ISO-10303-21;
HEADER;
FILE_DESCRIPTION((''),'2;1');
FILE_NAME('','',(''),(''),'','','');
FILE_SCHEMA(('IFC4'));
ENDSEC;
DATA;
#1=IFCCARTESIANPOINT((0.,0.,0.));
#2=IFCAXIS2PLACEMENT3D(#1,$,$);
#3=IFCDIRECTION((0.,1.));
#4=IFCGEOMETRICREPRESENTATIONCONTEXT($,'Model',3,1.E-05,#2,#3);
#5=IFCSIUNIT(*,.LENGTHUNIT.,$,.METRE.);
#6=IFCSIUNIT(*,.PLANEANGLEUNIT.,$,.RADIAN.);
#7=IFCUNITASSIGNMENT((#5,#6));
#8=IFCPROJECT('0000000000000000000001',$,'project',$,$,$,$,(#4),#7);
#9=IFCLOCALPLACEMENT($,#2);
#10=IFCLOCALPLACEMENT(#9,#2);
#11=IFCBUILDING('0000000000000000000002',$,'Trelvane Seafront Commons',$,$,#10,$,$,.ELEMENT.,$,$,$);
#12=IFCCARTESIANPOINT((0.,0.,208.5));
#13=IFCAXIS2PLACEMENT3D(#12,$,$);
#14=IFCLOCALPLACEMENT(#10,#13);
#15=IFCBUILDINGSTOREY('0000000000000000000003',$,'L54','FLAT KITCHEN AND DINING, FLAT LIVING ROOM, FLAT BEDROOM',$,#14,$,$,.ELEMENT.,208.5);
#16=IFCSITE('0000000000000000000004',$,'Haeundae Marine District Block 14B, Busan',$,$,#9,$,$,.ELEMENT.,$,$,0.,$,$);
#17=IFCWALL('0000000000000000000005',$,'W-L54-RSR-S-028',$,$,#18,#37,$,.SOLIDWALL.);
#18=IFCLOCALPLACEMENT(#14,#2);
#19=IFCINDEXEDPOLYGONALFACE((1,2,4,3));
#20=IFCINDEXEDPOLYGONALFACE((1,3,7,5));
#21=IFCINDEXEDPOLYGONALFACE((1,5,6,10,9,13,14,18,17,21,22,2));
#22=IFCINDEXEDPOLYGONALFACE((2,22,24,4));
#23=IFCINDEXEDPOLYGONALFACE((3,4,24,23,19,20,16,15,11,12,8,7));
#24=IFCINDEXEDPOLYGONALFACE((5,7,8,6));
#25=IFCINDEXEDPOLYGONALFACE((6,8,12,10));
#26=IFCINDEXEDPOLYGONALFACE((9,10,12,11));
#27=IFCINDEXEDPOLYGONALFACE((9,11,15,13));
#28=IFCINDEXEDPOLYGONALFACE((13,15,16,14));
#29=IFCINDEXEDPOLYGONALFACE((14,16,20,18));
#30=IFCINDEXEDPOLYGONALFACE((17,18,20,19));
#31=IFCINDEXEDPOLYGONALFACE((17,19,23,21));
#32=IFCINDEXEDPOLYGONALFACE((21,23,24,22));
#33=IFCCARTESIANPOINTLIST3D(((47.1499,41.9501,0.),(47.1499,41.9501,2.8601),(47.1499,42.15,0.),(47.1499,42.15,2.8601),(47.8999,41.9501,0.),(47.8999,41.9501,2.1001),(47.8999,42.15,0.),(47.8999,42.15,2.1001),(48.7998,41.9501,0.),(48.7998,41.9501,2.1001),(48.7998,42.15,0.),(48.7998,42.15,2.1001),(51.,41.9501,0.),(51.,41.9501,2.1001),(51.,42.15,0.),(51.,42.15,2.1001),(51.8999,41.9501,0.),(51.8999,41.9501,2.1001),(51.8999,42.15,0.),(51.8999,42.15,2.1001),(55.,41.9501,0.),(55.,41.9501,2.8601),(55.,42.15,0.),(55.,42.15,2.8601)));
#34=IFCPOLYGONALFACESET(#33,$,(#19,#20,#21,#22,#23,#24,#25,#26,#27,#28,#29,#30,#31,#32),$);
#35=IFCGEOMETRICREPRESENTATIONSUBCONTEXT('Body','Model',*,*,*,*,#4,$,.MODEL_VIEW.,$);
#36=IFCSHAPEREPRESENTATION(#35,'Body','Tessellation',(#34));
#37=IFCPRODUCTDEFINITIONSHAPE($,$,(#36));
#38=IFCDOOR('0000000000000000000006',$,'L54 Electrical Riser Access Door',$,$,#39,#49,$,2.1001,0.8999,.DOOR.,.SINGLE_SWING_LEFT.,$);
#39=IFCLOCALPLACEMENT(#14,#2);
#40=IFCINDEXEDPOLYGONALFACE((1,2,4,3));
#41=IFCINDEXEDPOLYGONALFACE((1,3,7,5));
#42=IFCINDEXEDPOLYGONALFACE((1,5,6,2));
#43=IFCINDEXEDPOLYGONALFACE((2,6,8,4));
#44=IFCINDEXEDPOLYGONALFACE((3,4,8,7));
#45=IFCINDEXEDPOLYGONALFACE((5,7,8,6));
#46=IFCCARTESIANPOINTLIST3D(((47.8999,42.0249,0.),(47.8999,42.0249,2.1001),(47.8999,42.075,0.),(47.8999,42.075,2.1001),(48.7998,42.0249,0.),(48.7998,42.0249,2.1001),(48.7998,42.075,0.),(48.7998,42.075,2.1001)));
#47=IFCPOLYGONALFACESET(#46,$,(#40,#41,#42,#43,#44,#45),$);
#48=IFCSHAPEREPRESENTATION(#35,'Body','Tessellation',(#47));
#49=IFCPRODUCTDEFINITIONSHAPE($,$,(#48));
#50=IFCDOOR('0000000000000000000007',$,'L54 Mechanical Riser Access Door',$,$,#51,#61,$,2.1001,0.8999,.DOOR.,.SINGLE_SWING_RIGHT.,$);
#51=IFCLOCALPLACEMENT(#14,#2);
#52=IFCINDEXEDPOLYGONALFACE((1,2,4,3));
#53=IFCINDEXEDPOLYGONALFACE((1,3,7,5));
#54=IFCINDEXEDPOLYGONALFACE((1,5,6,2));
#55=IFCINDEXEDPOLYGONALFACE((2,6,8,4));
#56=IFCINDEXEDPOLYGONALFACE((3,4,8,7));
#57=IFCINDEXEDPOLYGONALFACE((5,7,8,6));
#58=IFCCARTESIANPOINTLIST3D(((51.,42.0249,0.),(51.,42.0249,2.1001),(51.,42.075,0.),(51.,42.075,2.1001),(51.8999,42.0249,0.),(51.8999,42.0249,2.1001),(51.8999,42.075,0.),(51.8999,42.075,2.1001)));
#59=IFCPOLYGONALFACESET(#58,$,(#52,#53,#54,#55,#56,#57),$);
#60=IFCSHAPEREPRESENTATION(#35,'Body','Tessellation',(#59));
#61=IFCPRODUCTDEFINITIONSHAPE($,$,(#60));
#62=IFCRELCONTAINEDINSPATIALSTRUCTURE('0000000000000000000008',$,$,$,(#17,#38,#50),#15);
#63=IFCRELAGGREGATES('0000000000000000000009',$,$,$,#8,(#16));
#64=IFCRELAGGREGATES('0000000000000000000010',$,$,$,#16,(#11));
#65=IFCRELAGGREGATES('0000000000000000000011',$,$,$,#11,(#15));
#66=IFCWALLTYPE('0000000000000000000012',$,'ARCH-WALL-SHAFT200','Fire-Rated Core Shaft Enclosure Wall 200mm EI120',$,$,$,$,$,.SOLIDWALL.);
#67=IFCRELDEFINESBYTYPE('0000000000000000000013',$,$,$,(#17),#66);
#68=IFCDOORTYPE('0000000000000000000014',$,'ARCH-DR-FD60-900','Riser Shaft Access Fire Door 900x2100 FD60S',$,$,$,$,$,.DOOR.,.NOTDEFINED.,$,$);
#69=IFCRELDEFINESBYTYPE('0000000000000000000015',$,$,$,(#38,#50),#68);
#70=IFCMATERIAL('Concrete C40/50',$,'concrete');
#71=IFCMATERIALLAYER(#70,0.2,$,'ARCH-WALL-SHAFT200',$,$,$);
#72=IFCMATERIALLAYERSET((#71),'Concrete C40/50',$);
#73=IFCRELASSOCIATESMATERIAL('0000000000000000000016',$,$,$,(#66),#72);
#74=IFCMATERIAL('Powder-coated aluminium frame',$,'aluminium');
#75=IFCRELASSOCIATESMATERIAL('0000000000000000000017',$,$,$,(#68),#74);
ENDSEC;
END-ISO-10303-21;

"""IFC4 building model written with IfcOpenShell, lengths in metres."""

from ifc_helpers import new_model, si_unit, direction, frame, frame_2d, origin, place, context, subcontext, project, spatial, rectangle, extrude, source, transform, mapped, material, layer, layer_set, type_object, element, fill, save


model = new_model("IFC4")

# Units and contexts
model_context = context("Model", 3, precision=1e-05, world=origin(), true_north=direction((0.0, 1.0)))
body_context = subcontext(model_context, "Body", "Model", "MODEL_VIEW")
ifc_project = project(units=[si_unit("LENGTHUNIT", "METRE"), si_unit("PLANEANGLEUNIT", "RADIAN")], contexts=[model_context])

# Site, building, storey
site_placement = place(None, origin())
site = spatial("IfcSite", under=ifc_project, at=site_placement, Name="Haeundae Marine District Block 14B, Busan", CompositionType="ELEMENT", RefElevation=0.0)
building_placement = place(site_placement, origin())
building = spatial("IfcBuilding", under=site, at=building_placement, Name="Trelvane Seafront Commons", CompositionType="ELEMENT")
storey_placement = place(building_placement, frame((0.0, 0.0, 208.5)))
storey = spatial("IfcBuildingStorey", under=building, at=storey_placement, Name="L54", Description="FLAT KITCHEN AND DINING, FLAT LIVING ROOM, FLAT BEDROOM", CompositionType="ELEMENT", Elevation=208.5)

# Wall, openings, doors
ifc_material_1 = material(Name="Concrete C40/50", Category="concrete")
ifc_layer_1 = layer(ifc_material_1, 0.2, Name="ARCH-WALL-SHAFT200")
ifc_layer_set_1 = layer_set([ifc_layer_1], Name="Concrete C40/50")
wall_type_1 = type_object("IfcWallType", Name="ARCH-WALL-SHAFT200", Description="Fire-Rated Core Shaft Enclosure Wall 200mm EI120", PredefinedType="SOLIDWALL", material=ifc_layer_set_1)
wall_1_placement = place(storey_placement, frame((47.1499, 42.05, 0.0), z_axis=(0.0, 0.0, 1.0), x_axis=(1.0, 0.0, 0.0)))
wall_1 = element("IfcWall", 1, at=wall_1_placement, inside=storey, type_object=wall_type_1, Name="W-L54-RSR-S-028", PredefinedType="SOLIDWALL", context=body_context, shape_type="SweptSolid", body=[
    extrude(rectangle(XDim=7.8501, YDim=0.2, at=frame_2d((3.925, 0.0))), origin(), (0.0, 0.0, 1.0), 2.8601),
])
opening_1_placement = place(wall_1_placement, frame((0.75, 0.0, 0.0)))
opening_1 = element("IfcOpeningElement", 2, at=opening_1_placement, cuts=wall_1, PredefinedType="OPENING", context=body_context, shape_type="SweptSolid", body=[
    extrude(rectangle(XDim=0.8999, YDim=2.1001, at=frame_2d((0.45, 1.05))), frame((0.0, 0.1099, 0.0), z_axis=(0.0, -1.0, 0.0), x_axis=(1.0, 0.0, 0.0)), (0.0, 0.0, 1.0), 0.22),
])
opening_2_placement = place(wall_1_placement, frame((3.8501, 0.0, 0.0)))
opening_2 = element("IfcOpeningElement", 3, at=opening_2_placement, cuts=wall_1, PredefinedType="OPENING", context=body_context, shape_type="SweptSolid", body=[
    extrude(rectangle(XDim=0.8999, YDim=2.1001, at=frame_2d((0.45, 1.05))), frame((0.0, 0.1099, 0.0), z_axis=(0.0, -1.0, 0.0), x_axis=(1.0, 0.0, 0.0)), (0.0, 0.0, 1.0), 0.22),
])
ifc_material_2 = material(Name="Powder-coated aluminium frame", Category="aluminium")
door_type_1 = type_object("IfcDoorType", Name="ARCH-DR-FD60-900", Description="Riser Shaft Access Fire Door 900x2100 FD60S", OperationType="NOTDEFINED", PredefinedType="DOOR", material=ifc_material_2)
shared_shape_1 = source(origin(), body_context, "Body", "SweptSolid", [
    extrude(rectangle(XDim=0.8999, YDim=2.1001, at=frame_2d((0.45, 1.05))), frame((0.0, 0.0249, 0.0), z_axis=(0.0, -1.0, 0.0), x_axis=(1.0, 0.0, 0.0)), (0.0, 0.0, 1.0), 0.05),
])
door_1_placement = place(opening_1_placement, origin())
door_1 = element("IfcDoor", 4, at=door_1_placement, inside=storey, type_object=door_type_1, Name="L54 Electrical Riser Access Door", OperationType="SINGLE_SWING_LEFT", OverallHeight=2.1001, OverallWidth=0.8999, PredefinedType="DOOR", context=body_context, shape_type="MappedRepresentation", body=[
    mapped(shared_shape_1, transform((0.0, 0.0, 0.0), x_axis=(1.0, 0.0, 0.0), y_axis=(0.0, 1.0, 0.0), z_axis=(0.0, 0.0, 1.0), scale=1.0)),
])
fill(opening_1, door_1)
door_2_placement = place(opening_2_placement, origin())
door_2 = element("IfcDoor", 5, at=door_2_placement, inside=storey, type_object=door_type_1, Name="L54 Mechanical Riser Access Door", OperationType="SINGLE_SWING_RIGHT", OverallHeight=2.1001, OverallWidth=0.8999, PredefinedType="DOOR", context=body_context, shape_type="MappedRepresentation", body=[
    mapped(shared_shape_1, transform((0.0, 0.0, 0.0), x_axis=(1.0, 0.0, 0.0), y_axis=(0.0, 1.0, 0.0), z_axis=(0.0, 0.0, 1.0), scale=1.0)),
])
fill(opening_2, door_2)

save(model, "model.ifc")
